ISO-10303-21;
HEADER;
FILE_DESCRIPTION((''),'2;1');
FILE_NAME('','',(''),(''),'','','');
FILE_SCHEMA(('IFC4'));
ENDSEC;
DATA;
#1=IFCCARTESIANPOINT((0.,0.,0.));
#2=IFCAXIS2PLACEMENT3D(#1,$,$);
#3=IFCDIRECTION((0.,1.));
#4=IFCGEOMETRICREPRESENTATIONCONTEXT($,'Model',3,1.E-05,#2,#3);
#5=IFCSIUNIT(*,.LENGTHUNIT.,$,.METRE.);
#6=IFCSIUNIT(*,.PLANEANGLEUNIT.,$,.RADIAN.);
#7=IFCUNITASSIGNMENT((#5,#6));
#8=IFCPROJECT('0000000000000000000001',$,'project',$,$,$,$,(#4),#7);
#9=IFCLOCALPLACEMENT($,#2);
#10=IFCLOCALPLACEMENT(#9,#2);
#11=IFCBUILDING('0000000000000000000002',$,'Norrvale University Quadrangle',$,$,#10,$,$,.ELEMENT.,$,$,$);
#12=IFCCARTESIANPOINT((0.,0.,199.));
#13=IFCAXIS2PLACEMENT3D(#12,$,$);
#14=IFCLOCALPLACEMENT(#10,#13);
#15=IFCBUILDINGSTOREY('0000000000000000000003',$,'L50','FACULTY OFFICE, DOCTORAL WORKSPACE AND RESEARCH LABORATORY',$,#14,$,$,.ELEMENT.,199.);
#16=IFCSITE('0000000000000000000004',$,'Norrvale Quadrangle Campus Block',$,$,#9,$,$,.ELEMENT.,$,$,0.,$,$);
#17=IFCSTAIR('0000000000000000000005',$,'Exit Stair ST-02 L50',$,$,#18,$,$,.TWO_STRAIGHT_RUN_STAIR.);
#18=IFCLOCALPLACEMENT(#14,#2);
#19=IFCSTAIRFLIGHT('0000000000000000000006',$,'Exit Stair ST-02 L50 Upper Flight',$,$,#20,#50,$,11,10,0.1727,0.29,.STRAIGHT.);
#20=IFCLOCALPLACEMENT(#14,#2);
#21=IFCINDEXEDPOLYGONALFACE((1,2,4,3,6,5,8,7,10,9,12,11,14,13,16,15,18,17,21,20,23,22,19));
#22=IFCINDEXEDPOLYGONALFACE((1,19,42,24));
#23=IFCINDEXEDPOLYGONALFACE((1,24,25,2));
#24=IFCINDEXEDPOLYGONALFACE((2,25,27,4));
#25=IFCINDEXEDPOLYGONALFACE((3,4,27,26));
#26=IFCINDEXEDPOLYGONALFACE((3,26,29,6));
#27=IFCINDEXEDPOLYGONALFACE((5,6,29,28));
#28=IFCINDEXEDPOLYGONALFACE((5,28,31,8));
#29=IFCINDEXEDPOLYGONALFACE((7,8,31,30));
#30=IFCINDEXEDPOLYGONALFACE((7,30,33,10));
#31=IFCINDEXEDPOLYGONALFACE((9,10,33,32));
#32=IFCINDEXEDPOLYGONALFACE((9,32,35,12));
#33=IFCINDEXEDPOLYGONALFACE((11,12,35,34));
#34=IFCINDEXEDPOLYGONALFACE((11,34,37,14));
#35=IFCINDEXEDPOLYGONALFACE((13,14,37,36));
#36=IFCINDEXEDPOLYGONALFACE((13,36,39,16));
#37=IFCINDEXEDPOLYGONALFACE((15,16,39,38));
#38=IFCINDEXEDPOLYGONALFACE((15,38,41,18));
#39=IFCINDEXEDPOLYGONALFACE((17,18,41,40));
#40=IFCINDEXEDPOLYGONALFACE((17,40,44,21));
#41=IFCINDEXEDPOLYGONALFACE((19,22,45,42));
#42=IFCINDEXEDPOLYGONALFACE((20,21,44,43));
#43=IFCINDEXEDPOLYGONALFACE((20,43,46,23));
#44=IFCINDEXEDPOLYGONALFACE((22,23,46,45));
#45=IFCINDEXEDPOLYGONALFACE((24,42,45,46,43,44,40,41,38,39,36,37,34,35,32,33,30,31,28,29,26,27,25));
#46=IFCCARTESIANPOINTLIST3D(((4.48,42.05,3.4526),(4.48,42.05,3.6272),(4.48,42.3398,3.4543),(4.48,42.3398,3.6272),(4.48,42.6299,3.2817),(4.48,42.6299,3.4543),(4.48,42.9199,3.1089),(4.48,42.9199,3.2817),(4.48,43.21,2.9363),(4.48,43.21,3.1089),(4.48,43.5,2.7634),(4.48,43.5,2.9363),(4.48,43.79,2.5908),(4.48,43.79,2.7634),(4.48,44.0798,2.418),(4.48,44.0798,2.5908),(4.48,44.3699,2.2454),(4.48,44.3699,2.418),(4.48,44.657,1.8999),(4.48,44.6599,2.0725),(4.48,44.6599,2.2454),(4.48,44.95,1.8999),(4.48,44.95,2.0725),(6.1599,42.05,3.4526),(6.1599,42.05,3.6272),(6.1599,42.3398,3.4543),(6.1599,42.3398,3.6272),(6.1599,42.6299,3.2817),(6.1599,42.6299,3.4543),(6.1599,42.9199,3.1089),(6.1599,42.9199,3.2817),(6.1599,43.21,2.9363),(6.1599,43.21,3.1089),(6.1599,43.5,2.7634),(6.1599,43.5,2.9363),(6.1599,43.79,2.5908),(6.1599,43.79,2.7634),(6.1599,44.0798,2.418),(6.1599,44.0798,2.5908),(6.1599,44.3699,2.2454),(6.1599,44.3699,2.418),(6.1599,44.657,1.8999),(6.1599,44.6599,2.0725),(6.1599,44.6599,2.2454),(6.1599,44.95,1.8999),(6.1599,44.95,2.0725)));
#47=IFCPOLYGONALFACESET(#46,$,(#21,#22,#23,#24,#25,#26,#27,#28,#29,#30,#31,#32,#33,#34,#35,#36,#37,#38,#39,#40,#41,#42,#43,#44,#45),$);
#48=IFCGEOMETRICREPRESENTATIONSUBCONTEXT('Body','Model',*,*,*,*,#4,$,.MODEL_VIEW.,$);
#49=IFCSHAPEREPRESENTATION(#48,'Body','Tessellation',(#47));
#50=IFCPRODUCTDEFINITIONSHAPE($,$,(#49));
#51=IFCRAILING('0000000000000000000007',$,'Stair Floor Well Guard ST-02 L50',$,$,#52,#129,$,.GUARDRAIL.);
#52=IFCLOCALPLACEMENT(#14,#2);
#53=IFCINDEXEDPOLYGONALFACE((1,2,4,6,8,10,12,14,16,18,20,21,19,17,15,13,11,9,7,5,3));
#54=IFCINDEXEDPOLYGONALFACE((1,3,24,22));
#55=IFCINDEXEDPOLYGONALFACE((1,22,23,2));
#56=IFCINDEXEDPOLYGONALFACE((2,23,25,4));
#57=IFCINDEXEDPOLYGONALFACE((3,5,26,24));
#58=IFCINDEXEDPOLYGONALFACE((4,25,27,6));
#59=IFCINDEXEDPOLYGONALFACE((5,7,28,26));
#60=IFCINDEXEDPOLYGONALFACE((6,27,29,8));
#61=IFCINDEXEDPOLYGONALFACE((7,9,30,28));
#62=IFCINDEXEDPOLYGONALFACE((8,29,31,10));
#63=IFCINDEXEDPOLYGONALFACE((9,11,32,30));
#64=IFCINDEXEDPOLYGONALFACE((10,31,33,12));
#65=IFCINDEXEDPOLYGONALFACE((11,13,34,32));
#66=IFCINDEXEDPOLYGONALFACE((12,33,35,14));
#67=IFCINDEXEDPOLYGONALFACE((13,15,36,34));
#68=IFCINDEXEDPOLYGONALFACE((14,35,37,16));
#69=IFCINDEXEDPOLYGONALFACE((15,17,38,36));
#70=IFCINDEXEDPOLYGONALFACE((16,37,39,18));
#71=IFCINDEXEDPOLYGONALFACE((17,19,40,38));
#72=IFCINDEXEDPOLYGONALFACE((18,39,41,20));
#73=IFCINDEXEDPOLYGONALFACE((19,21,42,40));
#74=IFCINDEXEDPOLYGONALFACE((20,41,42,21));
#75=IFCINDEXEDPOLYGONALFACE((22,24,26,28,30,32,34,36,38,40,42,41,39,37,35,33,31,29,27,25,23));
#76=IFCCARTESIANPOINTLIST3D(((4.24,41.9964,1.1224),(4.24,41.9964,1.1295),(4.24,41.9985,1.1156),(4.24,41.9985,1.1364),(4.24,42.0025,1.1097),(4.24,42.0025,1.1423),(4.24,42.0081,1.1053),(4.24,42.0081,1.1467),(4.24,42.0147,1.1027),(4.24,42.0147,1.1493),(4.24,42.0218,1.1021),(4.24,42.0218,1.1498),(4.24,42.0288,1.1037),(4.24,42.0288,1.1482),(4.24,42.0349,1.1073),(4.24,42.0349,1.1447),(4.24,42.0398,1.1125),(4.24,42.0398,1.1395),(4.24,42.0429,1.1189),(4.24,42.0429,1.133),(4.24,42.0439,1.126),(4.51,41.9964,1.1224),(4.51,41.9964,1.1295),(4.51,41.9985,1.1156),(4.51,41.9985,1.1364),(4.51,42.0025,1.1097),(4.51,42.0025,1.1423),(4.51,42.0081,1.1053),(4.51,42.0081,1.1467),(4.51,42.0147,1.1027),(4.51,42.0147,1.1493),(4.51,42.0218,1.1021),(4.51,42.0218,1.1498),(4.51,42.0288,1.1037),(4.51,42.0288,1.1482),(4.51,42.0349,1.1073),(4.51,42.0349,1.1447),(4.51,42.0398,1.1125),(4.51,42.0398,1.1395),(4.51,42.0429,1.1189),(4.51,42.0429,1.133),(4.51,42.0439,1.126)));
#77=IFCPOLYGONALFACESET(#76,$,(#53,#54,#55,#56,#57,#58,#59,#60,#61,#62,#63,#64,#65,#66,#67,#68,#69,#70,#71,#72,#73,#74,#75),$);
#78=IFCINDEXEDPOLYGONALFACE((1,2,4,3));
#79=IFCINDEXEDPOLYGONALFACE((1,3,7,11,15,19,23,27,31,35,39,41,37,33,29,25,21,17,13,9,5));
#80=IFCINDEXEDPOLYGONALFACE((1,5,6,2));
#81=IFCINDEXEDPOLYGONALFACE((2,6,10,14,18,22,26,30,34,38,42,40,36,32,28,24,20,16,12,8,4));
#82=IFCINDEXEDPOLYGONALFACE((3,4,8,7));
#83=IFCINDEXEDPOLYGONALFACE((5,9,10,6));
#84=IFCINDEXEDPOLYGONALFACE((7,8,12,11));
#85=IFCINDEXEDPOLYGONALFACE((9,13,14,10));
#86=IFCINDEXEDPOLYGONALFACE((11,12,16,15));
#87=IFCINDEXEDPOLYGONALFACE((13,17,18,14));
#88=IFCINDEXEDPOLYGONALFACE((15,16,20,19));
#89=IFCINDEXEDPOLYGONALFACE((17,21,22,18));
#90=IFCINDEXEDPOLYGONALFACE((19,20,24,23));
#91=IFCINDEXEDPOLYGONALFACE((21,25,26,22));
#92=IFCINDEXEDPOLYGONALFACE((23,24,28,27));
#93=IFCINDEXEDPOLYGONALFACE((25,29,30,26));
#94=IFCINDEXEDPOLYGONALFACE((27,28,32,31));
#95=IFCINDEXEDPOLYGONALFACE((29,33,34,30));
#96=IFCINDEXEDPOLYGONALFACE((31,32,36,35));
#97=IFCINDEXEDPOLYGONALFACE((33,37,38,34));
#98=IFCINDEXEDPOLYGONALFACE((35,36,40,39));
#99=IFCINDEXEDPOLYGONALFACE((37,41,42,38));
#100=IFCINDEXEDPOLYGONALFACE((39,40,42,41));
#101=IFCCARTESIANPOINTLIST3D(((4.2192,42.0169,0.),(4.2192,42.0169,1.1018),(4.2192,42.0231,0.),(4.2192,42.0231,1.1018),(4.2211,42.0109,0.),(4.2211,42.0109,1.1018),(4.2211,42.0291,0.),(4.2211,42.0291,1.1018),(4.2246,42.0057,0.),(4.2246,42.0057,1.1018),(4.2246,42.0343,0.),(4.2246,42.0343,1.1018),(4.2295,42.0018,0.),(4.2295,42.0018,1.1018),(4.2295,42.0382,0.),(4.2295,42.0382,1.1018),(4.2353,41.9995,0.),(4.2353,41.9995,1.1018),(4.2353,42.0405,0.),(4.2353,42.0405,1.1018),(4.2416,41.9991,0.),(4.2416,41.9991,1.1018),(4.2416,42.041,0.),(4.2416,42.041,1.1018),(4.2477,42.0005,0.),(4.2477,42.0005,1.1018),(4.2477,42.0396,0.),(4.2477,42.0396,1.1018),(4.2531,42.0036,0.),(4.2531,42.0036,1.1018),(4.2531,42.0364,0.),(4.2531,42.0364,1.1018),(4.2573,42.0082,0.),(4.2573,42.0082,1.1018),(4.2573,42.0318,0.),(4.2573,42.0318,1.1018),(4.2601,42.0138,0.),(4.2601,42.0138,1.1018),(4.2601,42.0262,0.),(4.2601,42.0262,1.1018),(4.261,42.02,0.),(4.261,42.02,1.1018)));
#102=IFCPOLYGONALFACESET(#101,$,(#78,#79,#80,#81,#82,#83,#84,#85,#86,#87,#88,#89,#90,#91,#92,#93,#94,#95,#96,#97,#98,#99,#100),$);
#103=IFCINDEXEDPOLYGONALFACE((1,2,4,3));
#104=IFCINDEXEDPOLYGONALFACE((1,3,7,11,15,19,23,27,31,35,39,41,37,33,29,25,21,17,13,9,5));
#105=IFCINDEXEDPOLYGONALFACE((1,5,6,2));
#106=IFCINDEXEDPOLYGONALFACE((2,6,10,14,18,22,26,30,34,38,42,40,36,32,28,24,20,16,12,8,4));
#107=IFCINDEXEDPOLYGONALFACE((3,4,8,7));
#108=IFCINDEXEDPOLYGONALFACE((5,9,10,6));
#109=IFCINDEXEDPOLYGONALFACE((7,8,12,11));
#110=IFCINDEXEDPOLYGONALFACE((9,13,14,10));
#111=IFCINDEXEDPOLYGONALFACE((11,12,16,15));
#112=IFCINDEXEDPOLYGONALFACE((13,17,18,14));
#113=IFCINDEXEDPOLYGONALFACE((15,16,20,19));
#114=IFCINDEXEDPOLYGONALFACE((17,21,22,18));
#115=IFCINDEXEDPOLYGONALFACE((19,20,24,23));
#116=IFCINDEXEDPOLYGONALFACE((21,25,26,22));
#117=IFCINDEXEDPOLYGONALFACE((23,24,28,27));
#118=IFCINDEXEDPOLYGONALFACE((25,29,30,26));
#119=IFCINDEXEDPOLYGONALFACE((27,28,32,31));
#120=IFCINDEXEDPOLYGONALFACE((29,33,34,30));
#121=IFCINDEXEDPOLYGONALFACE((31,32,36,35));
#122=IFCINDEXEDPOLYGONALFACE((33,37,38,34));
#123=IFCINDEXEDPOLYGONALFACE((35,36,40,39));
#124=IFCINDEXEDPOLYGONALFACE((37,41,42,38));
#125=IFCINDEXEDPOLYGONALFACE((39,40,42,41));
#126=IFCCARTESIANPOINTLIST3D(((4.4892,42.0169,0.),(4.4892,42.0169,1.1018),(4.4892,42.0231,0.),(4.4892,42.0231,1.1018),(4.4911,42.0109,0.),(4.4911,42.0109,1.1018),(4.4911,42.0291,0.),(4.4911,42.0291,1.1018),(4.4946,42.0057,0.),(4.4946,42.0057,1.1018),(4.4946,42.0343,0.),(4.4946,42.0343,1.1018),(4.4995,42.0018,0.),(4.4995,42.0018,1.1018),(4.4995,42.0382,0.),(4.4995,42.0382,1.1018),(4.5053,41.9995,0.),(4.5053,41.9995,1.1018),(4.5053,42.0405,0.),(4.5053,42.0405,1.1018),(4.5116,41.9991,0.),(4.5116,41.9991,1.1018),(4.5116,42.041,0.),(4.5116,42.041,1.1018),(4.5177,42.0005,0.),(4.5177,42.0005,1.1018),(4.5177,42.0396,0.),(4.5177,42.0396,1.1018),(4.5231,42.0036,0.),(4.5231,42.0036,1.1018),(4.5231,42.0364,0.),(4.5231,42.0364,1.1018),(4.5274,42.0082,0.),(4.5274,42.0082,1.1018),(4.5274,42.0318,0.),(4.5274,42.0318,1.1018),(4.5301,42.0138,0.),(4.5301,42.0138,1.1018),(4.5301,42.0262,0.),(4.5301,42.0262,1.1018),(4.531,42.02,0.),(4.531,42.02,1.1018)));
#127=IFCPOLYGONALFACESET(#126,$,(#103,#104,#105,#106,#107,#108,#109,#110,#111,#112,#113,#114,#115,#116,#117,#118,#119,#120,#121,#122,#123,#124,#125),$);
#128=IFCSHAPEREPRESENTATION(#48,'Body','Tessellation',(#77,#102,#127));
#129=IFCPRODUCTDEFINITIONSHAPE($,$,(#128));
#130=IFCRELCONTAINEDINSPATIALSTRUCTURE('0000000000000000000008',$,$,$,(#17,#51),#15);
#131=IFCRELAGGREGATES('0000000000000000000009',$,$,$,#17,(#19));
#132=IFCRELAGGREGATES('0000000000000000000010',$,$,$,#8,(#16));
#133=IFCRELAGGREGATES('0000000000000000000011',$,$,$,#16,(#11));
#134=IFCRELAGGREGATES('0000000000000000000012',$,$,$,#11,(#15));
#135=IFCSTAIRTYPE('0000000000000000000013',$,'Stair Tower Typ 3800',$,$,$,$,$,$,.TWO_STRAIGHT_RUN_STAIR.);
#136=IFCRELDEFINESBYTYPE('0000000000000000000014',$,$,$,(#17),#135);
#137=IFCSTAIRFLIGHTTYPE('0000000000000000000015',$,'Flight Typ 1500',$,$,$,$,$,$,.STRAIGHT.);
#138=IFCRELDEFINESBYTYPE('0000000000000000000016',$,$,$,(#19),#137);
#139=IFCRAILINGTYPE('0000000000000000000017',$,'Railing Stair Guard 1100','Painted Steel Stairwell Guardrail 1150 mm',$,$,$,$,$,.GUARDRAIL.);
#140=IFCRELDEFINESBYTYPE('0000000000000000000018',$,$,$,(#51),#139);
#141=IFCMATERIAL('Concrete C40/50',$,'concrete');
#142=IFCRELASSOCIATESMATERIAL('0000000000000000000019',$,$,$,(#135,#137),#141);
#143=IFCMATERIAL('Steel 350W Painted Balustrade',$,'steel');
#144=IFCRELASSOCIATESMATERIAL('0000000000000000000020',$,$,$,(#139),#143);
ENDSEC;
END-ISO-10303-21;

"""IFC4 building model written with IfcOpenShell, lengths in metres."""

from ifc_helpers import new_model, si_unit, direction, frame, origin, origin_2d, place, context, subcontext, project, spatial, polyline, circle, outline, extrude, material, type_object, element, aggregate, save


model = new_model("IFC4")

# Units and contexts
model_context = context("Model", 3, precision=1e-05, world=origin(), true_north=direction((0.0, 1.0)))
body_context = subcontext(model_context, "Body", "Model", "MODEL_VIEW")
ifc_project = project(units=[si_unit("LENGTHUNIT", "METRE"), si_unit("PLANEANGLEUNIT", "RADIAN")], contexts=[model_context])

# Site, building, storey
site_placement = place(None, origin())
site = spatial("IfcSite", under=ifc_project, at=site_placement, Name="Norrvale Quadrangle Campus Block", CompositionType="ELEMENT", RefElevation=0.0)
building_placement = place(site_placement, origin())
building = spatial("IfcBuilding", under=site, at=building_placement, Name="Norrvale University Quadrangle", CompositionType="ELEMENT")
storey_placement = place(building_placement, frame((0.0, 0.0, 199.0)))
storey = spatial("IfcBuildingStorey", under=building, at=storey_placement, Name="L50", Description="FACULTY OFFICE, DOCTORAL WORKSPACE AND RESEARCH LABORATORY", CompositionType="ELEMENT", Elevation=199.0)

# Stair, stair flight
ifc_material_1 = material(Name="Concrete C40/50", Category="concrete")
stair_type = type_object("IfcStairType", Name="Stair Tower Typ 3800", PredefinedType="TWO_STRAIGHT_RUN_STAIR", material=ifc_material_1)
stair_placement = place(storey_placement, origin())
stair = element("IfcStair", 1, at=stair_placement, inside=storey, type_object=stair_type, Name="Exit Stair ST-02 L50", PredefinedType="TWO_STRAIGHT_RUN_STAIR")
stair_flight_type = type_object("IfcStairFlightType", Name="Flight Typ 1500", PredefinedType="STRAIGHT", material=ifc_material_1)
stair_flight_1_placement = place(storey_placement, frame((5.3201, 44.95, 1.8999), z_axis=(0.0, 0.0, 1.0), x_axis=(0.0, -1.0, 0.0)))
stair_flight_1 = element("IfcStairFlight", 2, at=stair_flight_1_placement, type_object=stair_flight_type, Name="Exit Stair ST-02 L50 Upper Flight", NumberOfRisers=11, NumberOfTreads=10, PredefinedType="STRAIGHT", RiserHeight=0.1727, TreadLength=0.29, context=body_context, shape_type="SweptSolid", body=[
    extrude(outline(polyline([(0.0, 0.0), (0.0, 0.1726), (0.29, 0.1726), (0.29, 0.3455), (0.5801, 0.3455), (0.5801, 0.5181), (0.8701, 0.5181), (0.8701, 0.6909), (1.1599, 0.6909), (1.1599, 0.8635), (1.45, 0.8635), (1.45, 1.0364), (1.74, 1.0364), (1.74, 1.209), (2.03, 1.209), (2.03, 1.3818), (2.3201, 1.3818), (2.3201, 1.5544), (2.6101, 1.5544), (2.6101, 1.7273), (2.8999, 1.7273), (2.8999, 1.8999), (2.8999, 1.5527), (0.293, 0.0), (0.0, 0.0)])), frame((0.0, 0.8398, 0.0), z_axis=(0.0, -1.0, 0.0), x_axis=(1.0, 0.0, 0.0)), (0.0, 0.0, 1.0), 1.6799),
])
aggregate(stair, [stair_flight_1])

# Railing
ifc_material_2 = material(Name="Steel 350W Painted Balustrade", Category="steel")
railing_type_1 = type_object("IfcRailingType", Name="Railing Stair Guard 1100", Description="Painted Steel Stairwell Guardrail 1150 mm", PredefinedType="GUARDRAIL", material=ifc_material_2)
railing_1_placement = place(storey_placement, frame((4.24, 42.02, 0.0)))
element("IfcRailing", 3, at=railing_1_placement, inside=storey, type_object=railing_type_1, Name="Stair Floor Well Guard ST-02 L50", PredefinedType="GUARDRAIL", context=body_context, shape_type="SweptSolid", body=[
    extrude(circle(Radius=0.0239, at=origin_2d()), frame((0.0, 0.0, 1.126), z_axis=(1.0, 0.0, 0.0), x_axis=(0.0, 1.0, 0.0)), (0.0, 0.0, 1.0), 0.27),
    extrude(circle(Radius=0.021, at=origin_2d()), origin(), (0.0, 0.0, 1.0), 1.1018),
    extrude(circle(Radius=0.021, at=origin_2d()), frame((0.27, 0.0, 0.0)), (0.0, 0.0, 1.0), 1.1018),
])

save(model, "model.ifc")
